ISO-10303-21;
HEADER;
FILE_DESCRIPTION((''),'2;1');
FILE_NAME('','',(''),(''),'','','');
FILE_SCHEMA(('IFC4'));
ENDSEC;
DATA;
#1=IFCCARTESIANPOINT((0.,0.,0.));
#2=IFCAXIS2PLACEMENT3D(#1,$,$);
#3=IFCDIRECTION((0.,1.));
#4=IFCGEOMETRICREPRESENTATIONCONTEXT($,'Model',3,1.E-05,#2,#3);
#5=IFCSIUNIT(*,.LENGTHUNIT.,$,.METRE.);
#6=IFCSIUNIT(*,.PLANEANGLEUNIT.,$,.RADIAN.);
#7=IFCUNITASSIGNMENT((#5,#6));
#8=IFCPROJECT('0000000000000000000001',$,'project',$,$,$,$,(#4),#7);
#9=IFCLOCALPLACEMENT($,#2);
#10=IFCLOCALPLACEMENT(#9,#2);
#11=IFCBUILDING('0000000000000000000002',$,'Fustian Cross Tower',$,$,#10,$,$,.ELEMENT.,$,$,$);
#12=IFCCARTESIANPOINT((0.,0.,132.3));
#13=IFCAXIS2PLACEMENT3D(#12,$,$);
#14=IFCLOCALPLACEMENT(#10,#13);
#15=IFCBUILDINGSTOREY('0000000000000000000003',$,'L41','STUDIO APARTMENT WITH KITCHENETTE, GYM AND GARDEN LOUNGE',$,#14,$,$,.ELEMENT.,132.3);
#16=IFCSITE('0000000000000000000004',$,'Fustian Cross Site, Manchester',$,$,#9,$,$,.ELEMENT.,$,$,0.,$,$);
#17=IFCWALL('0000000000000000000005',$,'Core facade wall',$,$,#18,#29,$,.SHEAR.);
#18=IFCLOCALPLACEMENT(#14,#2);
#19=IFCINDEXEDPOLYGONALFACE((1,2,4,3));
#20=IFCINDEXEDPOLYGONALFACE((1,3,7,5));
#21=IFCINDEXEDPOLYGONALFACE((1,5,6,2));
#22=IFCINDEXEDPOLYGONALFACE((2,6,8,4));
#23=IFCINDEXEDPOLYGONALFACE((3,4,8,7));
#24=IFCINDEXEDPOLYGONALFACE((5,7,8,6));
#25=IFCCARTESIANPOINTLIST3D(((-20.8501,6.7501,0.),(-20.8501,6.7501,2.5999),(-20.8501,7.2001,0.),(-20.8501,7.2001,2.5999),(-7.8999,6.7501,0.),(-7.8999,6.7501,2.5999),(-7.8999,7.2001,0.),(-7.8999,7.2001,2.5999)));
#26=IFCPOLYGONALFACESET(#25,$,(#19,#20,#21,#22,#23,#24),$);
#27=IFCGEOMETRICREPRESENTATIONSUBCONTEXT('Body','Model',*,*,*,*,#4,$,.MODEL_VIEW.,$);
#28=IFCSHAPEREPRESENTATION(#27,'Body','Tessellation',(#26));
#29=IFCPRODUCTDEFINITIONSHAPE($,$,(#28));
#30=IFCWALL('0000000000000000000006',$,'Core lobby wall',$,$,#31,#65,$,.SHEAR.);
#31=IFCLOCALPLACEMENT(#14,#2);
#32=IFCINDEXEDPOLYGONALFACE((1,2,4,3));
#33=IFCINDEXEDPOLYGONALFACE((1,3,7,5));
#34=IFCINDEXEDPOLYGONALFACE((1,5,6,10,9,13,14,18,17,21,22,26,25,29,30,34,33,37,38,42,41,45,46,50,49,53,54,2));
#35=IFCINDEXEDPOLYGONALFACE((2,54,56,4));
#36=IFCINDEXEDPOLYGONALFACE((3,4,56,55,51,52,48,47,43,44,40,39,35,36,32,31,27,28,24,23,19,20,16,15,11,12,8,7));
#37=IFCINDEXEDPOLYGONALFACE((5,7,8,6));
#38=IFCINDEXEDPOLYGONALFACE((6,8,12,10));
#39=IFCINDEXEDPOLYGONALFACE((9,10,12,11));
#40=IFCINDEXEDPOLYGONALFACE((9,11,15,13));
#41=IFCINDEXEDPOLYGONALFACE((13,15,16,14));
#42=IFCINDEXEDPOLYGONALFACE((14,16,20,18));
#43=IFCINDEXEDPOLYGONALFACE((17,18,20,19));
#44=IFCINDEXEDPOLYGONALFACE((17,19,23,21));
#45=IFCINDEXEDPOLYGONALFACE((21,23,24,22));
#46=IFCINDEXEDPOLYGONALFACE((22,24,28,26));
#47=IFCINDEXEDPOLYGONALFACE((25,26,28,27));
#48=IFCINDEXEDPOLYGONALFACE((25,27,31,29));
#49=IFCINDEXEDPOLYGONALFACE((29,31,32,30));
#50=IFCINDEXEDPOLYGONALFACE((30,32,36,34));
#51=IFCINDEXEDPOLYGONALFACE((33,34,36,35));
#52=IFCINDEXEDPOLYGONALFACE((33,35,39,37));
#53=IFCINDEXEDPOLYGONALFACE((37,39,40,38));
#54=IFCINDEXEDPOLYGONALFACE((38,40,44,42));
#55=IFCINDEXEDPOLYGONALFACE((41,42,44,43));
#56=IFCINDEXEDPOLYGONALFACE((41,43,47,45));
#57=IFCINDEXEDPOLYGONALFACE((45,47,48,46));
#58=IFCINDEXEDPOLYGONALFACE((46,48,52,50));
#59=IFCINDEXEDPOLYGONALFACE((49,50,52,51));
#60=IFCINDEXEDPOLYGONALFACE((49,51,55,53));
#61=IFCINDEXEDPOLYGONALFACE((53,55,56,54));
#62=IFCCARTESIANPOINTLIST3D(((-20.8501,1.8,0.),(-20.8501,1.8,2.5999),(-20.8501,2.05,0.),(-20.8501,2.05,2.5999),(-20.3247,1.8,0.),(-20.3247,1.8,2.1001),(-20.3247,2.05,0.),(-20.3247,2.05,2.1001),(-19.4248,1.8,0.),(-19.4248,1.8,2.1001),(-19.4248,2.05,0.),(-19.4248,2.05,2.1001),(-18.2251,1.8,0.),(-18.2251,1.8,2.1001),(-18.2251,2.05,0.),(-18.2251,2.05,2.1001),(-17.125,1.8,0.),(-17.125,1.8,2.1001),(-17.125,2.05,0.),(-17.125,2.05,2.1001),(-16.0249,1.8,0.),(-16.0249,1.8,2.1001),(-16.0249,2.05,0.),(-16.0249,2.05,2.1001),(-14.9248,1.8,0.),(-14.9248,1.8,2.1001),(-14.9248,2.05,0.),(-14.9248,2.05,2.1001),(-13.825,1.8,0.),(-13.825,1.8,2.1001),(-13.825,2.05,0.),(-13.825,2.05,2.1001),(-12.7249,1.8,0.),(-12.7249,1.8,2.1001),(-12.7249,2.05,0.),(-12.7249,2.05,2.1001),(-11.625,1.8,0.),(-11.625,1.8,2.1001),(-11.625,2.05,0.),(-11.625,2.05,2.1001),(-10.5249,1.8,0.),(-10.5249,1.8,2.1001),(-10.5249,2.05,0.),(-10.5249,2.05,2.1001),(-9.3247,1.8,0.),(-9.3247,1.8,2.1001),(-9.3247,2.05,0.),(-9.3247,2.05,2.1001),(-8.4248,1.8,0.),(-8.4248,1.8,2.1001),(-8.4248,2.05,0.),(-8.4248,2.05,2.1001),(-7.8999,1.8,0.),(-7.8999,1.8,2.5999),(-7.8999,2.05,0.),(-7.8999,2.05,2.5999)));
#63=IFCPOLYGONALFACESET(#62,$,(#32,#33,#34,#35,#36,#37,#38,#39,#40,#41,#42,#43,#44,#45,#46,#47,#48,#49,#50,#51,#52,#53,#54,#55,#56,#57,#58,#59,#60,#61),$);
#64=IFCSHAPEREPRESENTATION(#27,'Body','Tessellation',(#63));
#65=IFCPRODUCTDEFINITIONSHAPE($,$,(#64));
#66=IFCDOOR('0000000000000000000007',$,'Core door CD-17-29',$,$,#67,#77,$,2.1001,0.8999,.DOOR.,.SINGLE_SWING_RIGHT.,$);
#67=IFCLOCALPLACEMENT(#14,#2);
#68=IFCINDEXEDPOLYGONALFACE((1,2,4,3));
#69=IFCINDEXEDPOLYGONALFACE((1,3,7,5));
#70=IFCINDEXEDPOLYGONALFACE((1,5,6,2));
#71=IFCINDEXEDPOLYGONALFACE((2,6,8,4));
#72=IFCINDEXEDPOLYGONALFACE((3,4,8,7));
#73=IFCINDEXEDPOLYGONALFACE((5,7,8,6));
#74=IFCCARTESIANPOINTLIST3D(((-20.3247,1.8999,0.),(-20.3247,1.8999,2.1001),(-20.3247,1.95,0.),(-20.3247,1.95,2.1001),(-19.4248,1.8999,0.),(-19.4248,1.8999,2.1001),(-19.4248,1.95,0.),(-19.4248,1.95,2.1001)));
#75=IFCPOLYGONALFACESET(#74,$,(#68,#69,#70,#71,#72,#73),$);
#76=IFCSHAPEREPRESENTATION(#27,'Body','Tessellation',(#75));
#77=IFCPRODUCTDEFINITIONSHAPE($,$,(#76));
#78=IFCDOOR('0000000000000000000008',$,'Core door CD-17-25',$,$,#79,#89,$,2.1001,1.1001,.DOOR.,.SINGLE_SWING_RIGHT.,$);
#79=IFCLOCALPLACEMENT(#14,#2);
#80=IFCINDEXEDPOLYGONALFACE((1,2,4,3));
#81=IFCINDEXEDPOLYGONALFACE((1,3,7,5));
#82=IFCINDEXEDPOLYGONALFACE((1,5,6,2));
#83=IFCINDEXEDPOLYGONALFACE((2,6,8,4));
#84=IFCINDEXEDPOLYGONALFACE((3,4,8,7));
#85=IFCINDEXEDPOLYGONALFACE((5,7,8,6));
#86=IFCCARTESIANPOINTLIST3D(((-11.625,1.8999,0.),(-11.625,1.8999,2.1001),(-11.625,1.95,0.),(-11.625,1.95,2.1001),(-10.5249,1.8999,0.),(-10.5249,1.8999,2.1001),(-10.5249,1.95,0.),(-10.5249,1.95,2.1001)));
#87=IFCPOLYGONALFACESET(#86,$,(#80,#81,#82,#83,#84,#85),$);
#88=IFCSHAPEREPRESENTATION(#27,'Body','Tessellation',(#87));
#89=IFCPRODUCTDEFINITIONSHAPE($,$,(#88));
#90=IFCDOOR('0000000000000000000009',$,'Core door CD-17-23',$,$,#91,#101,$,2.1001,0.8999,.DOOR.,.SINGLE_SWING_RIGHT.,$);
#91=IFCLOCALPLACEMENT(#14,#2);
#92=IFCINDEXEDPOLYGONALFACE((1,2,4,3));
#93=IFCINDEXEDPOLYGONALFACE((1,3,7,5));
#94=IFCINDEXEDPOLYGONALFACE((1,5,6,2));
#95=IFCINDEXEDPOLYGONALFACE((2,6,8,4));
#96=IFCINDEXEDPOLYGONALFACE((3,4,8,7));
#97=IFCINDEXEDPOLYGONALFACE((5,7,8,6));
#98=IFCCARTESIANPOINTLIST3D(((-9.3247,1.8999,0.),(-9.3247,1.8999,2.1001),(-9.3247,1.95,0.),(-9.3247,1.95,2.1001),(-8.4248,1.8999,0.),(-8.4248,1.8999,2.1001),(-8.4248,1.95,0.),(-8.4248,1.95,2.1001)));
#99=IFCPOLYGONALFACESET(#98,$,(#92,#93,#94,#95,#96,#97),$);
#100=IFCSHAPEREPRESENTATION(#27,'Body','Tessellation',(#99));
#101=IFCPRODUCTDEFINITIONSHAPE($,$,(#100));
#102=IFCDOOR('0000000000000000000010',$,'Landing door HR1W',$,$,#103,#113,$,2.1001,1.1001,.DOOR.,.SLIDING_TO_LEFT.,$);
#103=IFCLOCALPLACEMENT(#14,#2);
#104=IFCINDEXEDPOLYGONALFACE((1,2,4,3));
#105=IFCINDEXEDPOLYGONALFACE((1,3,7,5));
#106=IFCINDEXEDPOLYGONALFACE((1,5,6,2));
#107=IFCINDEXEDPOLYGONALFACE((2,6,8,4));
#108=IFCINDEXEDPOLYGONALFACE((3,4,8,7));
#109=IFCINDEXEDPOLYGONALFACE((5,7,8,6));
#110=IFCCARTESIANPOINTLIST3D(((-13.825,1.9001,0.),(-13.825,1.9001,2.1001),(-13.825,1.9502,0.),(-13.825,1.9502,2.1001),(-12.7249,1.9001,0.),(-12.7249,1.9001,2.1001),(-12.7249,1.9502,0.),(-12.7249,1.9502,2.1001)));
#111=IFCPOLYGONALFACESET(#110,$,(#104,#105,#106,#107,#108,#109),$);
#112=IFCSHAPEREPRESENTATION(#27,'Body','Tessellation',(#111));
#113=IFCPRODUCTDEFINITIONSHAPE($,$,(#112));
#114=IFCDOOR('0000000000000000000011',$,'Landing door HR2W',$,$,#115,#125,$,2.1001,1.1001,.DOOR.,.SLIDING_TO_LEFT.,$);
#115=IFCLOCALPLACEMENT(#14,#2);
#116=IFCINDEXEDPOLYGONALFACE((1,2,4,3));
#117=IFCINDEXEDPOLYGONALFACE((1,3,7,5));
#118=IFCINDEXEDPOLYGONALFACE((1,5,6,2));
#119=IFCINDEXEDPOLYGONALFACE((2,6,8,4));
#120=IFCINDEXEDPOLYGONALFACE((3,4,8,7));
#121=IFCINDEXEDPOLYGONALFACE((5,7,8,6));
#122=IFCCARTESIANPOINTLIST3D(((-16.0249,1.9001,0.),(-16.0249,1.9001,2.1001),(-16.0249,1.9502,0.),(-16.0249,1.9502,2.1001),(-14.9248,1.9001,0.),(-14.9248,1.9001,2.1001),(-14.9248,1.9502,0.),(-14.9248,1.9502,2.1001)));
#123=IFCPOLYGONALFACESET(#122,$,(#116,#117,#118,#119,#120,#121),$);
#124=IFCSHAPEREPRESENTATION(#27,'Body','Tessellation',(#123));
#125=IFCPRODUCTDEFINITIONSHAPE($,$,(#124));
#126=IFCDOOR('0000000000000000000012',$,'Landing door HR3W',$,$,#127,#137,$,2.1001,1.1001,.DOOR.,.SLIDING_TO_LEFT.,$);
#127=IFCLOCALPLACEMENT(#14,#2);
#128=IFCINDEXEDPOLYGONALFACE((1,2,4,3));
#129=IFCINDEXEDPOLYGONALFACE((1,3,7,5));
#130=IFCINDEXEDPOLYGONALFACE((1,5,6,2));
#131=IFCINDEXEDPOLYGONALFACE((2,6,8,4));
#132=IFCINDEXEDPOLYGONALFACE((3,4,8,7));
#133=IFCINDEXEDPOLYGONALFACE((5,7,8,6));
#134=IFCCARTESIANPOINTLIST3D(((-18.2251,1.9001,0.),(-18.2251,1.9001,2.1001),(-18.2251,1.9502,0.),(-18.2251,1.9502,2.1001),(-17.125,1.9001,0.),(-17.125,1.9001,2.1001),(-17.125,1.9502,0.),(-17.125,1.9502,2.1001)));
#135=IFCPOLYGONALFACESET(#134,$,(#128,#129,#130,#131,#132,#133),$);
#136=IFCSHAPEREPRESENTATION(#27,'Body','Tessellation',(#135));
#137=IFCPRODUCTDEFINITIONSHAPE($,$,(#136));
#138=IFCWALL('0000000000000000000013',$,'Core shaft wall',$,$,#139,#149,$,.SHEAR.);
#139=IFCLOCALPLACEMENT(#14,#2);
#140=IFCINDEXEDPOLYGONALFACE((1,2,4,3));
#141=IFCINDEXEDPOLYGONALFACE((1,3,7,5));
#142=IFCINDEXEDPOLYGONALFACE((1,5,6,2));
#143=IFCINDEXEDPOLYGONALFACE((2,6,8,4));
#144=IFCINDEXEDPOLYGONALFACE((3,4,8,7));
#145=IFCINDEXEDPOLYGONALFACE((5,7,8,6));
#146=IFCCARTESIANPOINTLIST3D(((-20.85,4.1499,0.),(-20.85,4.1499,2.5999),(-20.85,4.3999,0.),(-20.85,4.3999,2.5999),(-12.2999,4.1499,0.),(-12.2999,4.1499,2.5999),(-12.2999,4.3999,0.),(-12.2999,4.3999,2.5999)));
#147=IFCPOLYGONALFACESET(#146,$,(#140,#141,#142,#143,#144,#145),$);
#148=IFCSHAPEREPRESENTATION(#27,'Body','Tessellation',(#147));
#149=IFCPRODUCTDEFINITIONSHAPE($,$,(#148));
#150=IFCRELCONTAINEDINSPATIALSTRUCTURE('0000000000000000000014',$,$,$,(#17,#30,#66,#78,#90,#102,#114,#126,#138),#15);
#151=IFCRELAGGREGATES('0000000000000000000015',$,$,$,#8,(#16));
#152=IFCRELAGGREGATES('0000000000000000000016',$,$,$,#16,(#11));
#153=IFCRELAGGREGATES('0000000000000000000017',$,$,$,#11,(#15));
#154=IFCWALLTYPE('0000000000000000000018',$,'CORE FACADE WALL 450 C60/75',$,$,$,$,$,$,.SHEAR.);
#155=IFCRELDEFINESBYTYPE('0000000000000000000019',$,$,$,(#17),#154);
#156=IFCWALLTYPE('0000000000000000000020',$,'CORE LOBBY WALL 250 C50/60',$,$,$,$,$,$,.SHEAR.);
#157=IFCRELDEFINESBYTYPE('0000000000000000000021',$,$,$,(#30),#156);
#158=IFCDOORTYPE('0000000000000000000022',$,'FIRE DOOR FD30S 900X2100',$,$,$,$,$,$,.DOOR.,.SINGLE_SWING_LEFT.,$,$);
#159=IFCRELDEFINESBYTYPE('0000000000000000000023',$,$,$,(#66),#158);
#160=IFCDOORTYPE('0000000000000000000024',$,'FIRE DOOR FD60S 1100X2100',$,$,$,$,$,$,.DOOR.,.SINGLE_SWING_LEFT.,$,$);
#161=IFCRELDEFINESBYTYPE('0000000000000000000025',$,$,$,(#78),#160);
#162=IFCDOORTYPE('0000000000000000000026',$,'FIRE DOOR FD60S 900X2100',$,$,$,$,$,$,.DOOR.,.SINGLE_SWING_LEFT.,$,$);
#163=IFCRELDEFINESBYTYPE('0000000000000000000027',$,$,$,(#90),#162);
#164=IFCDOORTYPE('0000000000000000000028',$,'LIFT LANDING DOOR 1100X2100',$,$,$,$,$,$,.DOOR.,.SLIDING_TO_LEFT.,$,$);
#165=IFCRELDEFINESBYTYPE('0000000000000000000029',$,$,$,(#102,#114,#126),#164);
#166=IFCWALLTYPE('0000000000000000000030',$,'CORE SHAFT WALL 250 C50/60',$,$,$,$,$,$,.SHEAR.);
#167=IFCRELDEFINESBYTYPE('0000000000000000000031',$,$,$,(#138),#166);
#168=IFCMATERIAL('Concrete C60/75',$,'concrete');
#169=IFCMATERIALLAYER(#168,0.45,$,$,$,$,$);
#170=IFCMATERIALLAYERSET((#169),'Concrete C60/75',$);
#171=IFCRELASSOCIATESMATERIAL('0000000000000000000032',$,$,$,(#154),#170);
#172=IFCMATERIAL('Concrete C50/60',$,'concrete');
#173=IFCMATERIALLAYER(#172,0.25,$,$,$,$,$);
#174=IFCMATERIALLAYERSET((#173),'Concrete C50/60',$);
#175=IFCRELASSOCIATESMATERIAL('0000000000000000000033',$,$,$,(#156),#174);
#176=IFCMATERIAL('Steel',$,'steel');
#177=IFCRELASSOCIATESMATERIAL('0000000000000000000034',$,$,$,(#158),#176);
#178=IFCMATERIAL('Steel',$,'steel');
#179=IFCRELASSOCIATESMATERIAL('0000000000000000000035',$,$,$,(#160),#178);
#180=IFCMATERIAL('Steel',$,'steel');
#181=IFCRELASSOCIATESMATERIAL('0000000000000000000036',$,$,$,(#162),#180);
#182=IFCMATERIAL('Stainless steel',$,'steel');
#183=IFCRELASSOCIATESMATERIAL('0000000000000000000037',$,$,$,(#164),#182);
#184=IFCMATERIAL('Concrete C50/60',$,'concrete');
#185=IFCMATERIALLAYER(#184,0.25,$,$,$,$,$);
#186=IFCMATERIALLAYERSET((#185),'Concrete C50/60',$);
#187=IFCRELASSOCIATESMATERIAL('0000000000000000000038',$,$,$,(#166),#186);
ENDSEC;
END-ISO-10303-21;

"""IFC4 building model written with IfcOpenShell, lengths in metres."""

from ifc_helpers import new_model, si_unit, direction, frame, frame_2d, origin, place, context, subcontext, project, spatial, rectangle, extrude, material, layer, layer_set, type_object, element, fill, save


model = new_model("IFC4")

# Units and contexts
model_context = context("Model", 3, precision=1e-05, world=origin(), true_north=direction((0.0, 1.0)))
body_context = subcontext(model_context, "Body", "Model", "MODEL_VIEW")
ifc_project = project(units=[si_unit("LENGTHUNIT", "METRE"), si_unit("PLANEANGLEUNIT", "RADIAN")], contexts=[model_context])

# Site, building, storey
site_placement = place(None, origin())
site = spatial("IfcSite", under=ifc_project, at=site_placement, Name="Fustian Cross Site, Manchester", CompositionType="ELEMENT", RefElevation=0.0)
building_placement = place(site_placement, origin())
building = spatial("IfcBuilding", under=site, at=building_placement, Name="Fustian Cross Tower", CompositionType="ELEMENT")
storey_placement = place(building_placement, frame((0.0, 0.0, 132.3)))
storey = spatial("IfcBuildingStorey", under=building, at=storey_placement, Name="L41", Description="STUDIO APARTMENT WITH KITCHENETTE, GYM AND GARDEN LOUNGE", CompositionType="ELEMENT", Elevation=132.3)

# Wall
ifc_material_1 = material(Name="Concrete C60/75", Category="concrete")
ifc_layer_1 = layer(ifc_material_1, 0.45)
ifc_layer_set_1 = layer_set([ifc_layer_1], Name="Concrete C60/75")
wall_type_1 = type_object("IfcWallType", Name="CORE FACADE WALL 450 C60/75", PredefinedType="SHEAR", material=ifc_layer_set_1)
wall_1_placement = place(storey_placement, frame((-7.8999, 6.9751, 0.0), z_axis=(0.0, 0.0, 1.0), x_axis=(-1.0, 0.0, 0.0)))
element("IfcWall", 1, at=wall_1_placement, inside=storey, type_object=wall_type_1, Name="Core facade wall", PredefinedType="SHEAR", context=body_context, shape_type="SweptSolid", body=[
    extrude(rectangle(XDim=12.9502, YDim=0.45, at=frame_2d((6.4751, 0.0))), origin(), (0.0, 0.0, 1.0), 2.5999),
])

# Wall, openings, doors
ifc_material_2 = material(Name="Concrete C50/60", Category="concrete")
ifc_layer_2 = layer(ifc_material_2, 0.25)
ifc_layer_set_2 = layer_set([ifc_layer_2], Name="Concrete C50/60")
wall_type_2 = type_object("IfcWallType", Name="CORE LOBBY WALL 250 C50/60", PredefinedType="SHEAR", material=ifc_layer_set_2)
wall_2_placement = place(storey_placement, frame((-7.8999, 1.925, 0.0), z_axis=(0.0, 0.0, 1.0), x_axis=(-1.0, 0.0, 0.0)))
wall_2 = element("IfcWall", 2, at=wall_2_placement, inside=storey, type_object=wall_type_2, Name="Core lobby wall", PredefinedType="SHEAR", context=body_context, shape_type="SweptSolid", body=[
    extrude(rectangle(XDim=12.9502, YDim=0.25, at=frame_2d((6.4751, 0.0))), origin(), (0.0, 0.0, 1.0), 2.5999),
])
opening_1_placement = place(wall_2_placement, frame((4.825, 0.0, 0.0)))
opening_1 = element("IfcOpeningElement", 3, at=opening_1_placement, cuts=wall_2, PredefinedType="OPENING", context=body_context, shape_type="SweptSolid", body=[
    extrude(rectangle(XDim=1.1001, YDim=2.1001, at=frame_2d((0.55, 1.05))), frame((0.0, 0.135, 0.0), z_axis=(0.0, -1.0, 0.0), x_axis=(1.0, 0.0, 0.0)), (0.0, 0.0, 1.0), 0.27),
])
opening_2_placement = place(wall_2_placement, frame((7.0249, 0.0, 0.0)))
opening_2 = element("IfcOpeningElement", 4, at=opening_2_placement, cuts=wall_2, PredefinedType="OPENING", context=body_context, shape_type="SweptSolid", body=[
    extrude(rectangle(XDim=1.1001, YDim=2.1001, at=frame_2d((0.55, 1.05))), frame((0.0, 0.135, 0.0), z_axis=(0.0, -1.0, 0.0), x_axis=(1.0, 0.0, 0.0)), (0.0, 0.0, 1.0), 0.27),
])
opening_3_placement = place(wall_2_placement, frame((9.2251, 0.0, 0.0)))
opening_3 = element("IfcOpeningElement", 5, at=opening_3_placement, cuts=wall_2, PredefinedType="OPENING", context=body_context, shape_type="SweptSolid", body=[
    extrude(rectangle(XDim=1.1001, YDim=2.1001, at=frame_2d((0.55, 1.05))), frame((0.0, 0.135, 0.0), z_axis=(0.0, -1.0, 0.0), x_axis=(1.0, 0.0, 0.0)), (0.0, 0.0, 1.0), 0.27),
])
opening_4_placement = place(wall_2_placement, frame((0.5249, 0.0, 0.0)))
opening_4 = element("IfcOpeningElement", 6, at=opening_4_placement, cuts=wall_2, PredefinedType="OPENING", context=body_context, shape_type="SweptSolid", body=[
    extrude(rectangle(XDim=0.8999, YDim=2.1001, at=frame_2d((0.45, 1.05))), frame((0.0, 0.135, 0.0), z_axis=(0.0, -1.0, 0.0), x_axis=(1.0, 0.0, 0.0)), (0.0, 0.0, 1.0), 0.27),
])
opening_5_placement = place(wall_2_placement, frame((2.625, 0.0, 0.0)))
opening_5 = element("IfcOpeningElement", 7, at=opening_5_placement, cuts=wall_2, PredefinedType="OPENING", context=body_context, shape_type="SweptSolid", body=[
    extrude(rectangle(XDim=1.1001, YDim=2.1001, at=frame_2d((0.55, 1.05))), frame((0.0, 0.135, 0.0), z_axis=(0.0, -1.0, 0.0), x_axis=(1.0, 0.0, 0.0)), (0.0, 0.0, 1.0), 0.27),
])
opening_6_placement = place(wall_2_placement, frame((11.5249, 0.0, 0.0)))
opening_6 = element("IfcOpeningElement", 8, at=opening_6_placement, cuts=wall_2, PredefinedType="OPENING", context=body_context, shape_type="SweptSolid", body=[
    extrude(rectangle(XDim=0.8999, YDim=2.1001, at=frame_2d((0.45, 1.05))), frame((0.0, 0.135, 0.0), z_axis=(0.0, -1.0, 0.0), x_axis=(1.0, 0.0, 0.0)), (0.0, 0.0, 1.0), 0.27),
])
ifc_material_3 = material(Name="Steel", Category="steel")
door_type_1 = type_object("IfcDoorType", Name="FIRE DOOR FD30S 900X2100", OperationType="SINGLE_SWING_LEFT", PredefinedType="DOOR", material=ifc_material_3)
door_1_placement = place(opening_6_placement, frame((0.8999, 0.0, 0.0), z_axis=(0.0, 0.0, 1.0), x_axis=(-1.0, 0.0, 0.0)))
door_1 = element("IfcDoor", 9, at=door_1_placement, inside=storey, type_object=door_type_1, Name="Core door CD-17-29", OperationType="SINGLE_SWING_RIGHT", OverallHeight=2.1001, OverallWidth=0.8999, PredefinedType="DOOR", context=body_context, shape_type="SweptSolid", body=[
    extrude(rectangle(XDim=0.8999, YDim=2.1001, at=frame_2d((0.45, 1.05))), frame((0.0, 0.0249, 0.0), z_axis=(0.0, -1.0, 0.0), x_axis=(1.0, 0.0, 0.0)), (0.0, 0.0, 1.0), 0.05),
])
fill(opening_6, door_1)
ifc_material_4 = material(Name="Steel", Category="steel")
door_type_2 = type_object("IfcDoorType", Name="FIRE DOOR FD60S 1100X2100", OperationType="SINGLE_SWING_LEFT", PredefinedType="DOOR", material=ifc_material_4)
door_2_placement = place(opening_5_placement, frame((1.1001, 0.0, 0.0), z_axis=(0.0, 0.0, 1.0), x_axis=(-1.0, 0.0, 0.0)))
door_2 = element("IfcDoor", 10, at=door_2_placement, inside=storey, type_object=door_type_2, Name="Core door CD-17-25", OperationType="SINGLE_SWING_RIGHT", OverallHeight=2.1001, OverallWidth=1.1001, PredefinedType="DOOR", context=body_context, shape_type="SweptSolid", body=[
    extrude(rectangle(XDim=1.1001, YDim=2.1001, at=frame_2d((0.55, 1.05))), frame((0.0, 0.0249, 0.0), z_axis=(0.0, -1.0, 0.0), x_axis=(1.0, 0.0, 0.0)), (0.0, 0.0, 1.0), 0.05),
])
fill(opening_5, door_2)
ifc_material_5 = material(Name="Steel", Category="steel")
door_type_3 = type_object("IfcDoorType", Name="FIRE DOOR FD60S 900X2100", OperationType="SINGLE_SWING_LEFT", PredefinedType="DOOR", material=ifc_material_5)
door_3_placement = place(opening_4_placement, frame((0.8999, 0.0, 0.0), z_axis=(0.0, 0.0, 1.0), x_axis=(-1.0, 0.0, 0.0)))
door_3 = element("IfcDoor", 11, at=door_3_placement, inside=storey, type_object=door_type_3, Name="Core door CD-17-23", OperationType="SINGLE_SWING_RIGHT", OverallHeight=2.1001, OverallWidth=0.8999, PredefinedType="DOOR", context=body_context, shape_type="SweptSolid", body=[
    extrude(rectangle(XDim=0.8999, YDim=2.1001, at=frame_2d((0.45, 1.05))), frame((0.0, 0.0249, 0.0), z_axis=(0.0, -1.0, 0.0), x_axis=(1.0, 0.0, 0.0)), (0.0, 0.0, 1.0), 0.05),
])
fill(opening_4, door_3)
ifc_material_6 = material(Name="Stainless steel", Category="steel")
door_type_4 = type_object("IfcDoorType", Name="LIFT LANDING DOOR 1100X2100", OperationType="SLIDING_TO_LEFT", PredefinedType="DOOR", material=ifc_material_6)
door_4_placement = place(opening_1_placement, origin())
door_4 = element("IfcDoor", 12, at=door_4_placement, inside=storey, type_object=door_type_4, Name="Landing door HR1W", OperationType="SLIDING_TO_LEFT", OverallHeight=2.1001, OverallWidth=1.1001, PredefinedType="DOOR", context=body_context, shape_type="SweptSolid", body=[
    extrude(rectangle(XDim=1.1001, YDim=2.1001, at=frame_2d((0.55, 1.05))), frame((0.0, 0.0249, 0.0), z_axis=(0.0, -1.0, 0.0), x_axis=(1.0, 0.0, 0.0)), (0.0, 0.0, 1.0), 0.05),
])
fill(opening_1, door_4)
door_5_placement = place(opening_2_placement, origin())
door_5 = element("IfcDoor", 13, at=door_5_placement, inside=storey, type_object=door_type_4, Name="Landing door HR2W", OperationType="SLIDING_TO_LEFT", OverallHeight=2.1001, OverallWidth=1.1001, PredefinedType="DOOR", context=body_context, shape_type="SweptSolid", body=[
    extrude(rectangle(XDim=1.1001, YDim=2.1001, at=frame_2d((0.55, 1.05))), frame((0.0, 0.0249, 0.0), z_axis=(0.0, -1.0, 0.0), x_axis=(1.0, 0.0, 0.0)), (0.0, 0.0, 1.0), 0.05),
])
fill(opening_2, door_5)
door_6_placement = place(opening_3_placement, origin())
door_6 = element("IfcDoor", 14, at=door_6_placement, inside=storey, type_object=door_type_4, Name="Landing door HR3W", OperationType="SLIDING_TO_LEFT", OverallHeight=2.1001, OverallWidth=1.1001, PredefinedType="DOOR", context=body_context, shape_type="SweptSolid", body=[
    extrude(rectangle(XDim=1.1001, YDim=2.1001, at=frame_2d((0.55, 1.05))), frame((0.0, 0.0249, 0.0), z_axis=(0.0, -1.0, 0.0), x_axis=(1.0, 0.0, 0.0)), (0.0, 0.0, 1.0), 0.05),
])
fill(opening_3, door_6)

# Wall
ifc_material_7 = material(Name="Concrete C50/60", Category="concrete")
ifc_layer_3 = layer(ifc_material_7, 0.25)
ifc_layer_set_3 = layer_set([ifc_layer_3], Name="Concrete C50/60")
wall_type_3 = type_object("IfcWallType", Name="CORE SHAFT WALL 250 C50/60", PredefinedType="SHEAR", material=ifc_layer_set_3)
wall_3_placement = place(storey_placement, frame((-12.3, 4.2749, 0.0), z_axis=(0.0, 0.0, 1.0), x_axis=(-1.0, 0.0, 0.0)))
element("IfcWall", 15, at=wall_3_placement, inside=storey, type_object=wall_type_3, Name="Core shaft wall", PredefinedType="SHEAR", context=body_context, shape_type="SweptSolid", body=[
    extrude(rectangle(XDim=8.55, YDim=0.25, at=frame_2d((4.2749, 0.0))), origin(), (0.0, 0.0, 1.0), 2.5999),
])

save(model, "model.ifc")
